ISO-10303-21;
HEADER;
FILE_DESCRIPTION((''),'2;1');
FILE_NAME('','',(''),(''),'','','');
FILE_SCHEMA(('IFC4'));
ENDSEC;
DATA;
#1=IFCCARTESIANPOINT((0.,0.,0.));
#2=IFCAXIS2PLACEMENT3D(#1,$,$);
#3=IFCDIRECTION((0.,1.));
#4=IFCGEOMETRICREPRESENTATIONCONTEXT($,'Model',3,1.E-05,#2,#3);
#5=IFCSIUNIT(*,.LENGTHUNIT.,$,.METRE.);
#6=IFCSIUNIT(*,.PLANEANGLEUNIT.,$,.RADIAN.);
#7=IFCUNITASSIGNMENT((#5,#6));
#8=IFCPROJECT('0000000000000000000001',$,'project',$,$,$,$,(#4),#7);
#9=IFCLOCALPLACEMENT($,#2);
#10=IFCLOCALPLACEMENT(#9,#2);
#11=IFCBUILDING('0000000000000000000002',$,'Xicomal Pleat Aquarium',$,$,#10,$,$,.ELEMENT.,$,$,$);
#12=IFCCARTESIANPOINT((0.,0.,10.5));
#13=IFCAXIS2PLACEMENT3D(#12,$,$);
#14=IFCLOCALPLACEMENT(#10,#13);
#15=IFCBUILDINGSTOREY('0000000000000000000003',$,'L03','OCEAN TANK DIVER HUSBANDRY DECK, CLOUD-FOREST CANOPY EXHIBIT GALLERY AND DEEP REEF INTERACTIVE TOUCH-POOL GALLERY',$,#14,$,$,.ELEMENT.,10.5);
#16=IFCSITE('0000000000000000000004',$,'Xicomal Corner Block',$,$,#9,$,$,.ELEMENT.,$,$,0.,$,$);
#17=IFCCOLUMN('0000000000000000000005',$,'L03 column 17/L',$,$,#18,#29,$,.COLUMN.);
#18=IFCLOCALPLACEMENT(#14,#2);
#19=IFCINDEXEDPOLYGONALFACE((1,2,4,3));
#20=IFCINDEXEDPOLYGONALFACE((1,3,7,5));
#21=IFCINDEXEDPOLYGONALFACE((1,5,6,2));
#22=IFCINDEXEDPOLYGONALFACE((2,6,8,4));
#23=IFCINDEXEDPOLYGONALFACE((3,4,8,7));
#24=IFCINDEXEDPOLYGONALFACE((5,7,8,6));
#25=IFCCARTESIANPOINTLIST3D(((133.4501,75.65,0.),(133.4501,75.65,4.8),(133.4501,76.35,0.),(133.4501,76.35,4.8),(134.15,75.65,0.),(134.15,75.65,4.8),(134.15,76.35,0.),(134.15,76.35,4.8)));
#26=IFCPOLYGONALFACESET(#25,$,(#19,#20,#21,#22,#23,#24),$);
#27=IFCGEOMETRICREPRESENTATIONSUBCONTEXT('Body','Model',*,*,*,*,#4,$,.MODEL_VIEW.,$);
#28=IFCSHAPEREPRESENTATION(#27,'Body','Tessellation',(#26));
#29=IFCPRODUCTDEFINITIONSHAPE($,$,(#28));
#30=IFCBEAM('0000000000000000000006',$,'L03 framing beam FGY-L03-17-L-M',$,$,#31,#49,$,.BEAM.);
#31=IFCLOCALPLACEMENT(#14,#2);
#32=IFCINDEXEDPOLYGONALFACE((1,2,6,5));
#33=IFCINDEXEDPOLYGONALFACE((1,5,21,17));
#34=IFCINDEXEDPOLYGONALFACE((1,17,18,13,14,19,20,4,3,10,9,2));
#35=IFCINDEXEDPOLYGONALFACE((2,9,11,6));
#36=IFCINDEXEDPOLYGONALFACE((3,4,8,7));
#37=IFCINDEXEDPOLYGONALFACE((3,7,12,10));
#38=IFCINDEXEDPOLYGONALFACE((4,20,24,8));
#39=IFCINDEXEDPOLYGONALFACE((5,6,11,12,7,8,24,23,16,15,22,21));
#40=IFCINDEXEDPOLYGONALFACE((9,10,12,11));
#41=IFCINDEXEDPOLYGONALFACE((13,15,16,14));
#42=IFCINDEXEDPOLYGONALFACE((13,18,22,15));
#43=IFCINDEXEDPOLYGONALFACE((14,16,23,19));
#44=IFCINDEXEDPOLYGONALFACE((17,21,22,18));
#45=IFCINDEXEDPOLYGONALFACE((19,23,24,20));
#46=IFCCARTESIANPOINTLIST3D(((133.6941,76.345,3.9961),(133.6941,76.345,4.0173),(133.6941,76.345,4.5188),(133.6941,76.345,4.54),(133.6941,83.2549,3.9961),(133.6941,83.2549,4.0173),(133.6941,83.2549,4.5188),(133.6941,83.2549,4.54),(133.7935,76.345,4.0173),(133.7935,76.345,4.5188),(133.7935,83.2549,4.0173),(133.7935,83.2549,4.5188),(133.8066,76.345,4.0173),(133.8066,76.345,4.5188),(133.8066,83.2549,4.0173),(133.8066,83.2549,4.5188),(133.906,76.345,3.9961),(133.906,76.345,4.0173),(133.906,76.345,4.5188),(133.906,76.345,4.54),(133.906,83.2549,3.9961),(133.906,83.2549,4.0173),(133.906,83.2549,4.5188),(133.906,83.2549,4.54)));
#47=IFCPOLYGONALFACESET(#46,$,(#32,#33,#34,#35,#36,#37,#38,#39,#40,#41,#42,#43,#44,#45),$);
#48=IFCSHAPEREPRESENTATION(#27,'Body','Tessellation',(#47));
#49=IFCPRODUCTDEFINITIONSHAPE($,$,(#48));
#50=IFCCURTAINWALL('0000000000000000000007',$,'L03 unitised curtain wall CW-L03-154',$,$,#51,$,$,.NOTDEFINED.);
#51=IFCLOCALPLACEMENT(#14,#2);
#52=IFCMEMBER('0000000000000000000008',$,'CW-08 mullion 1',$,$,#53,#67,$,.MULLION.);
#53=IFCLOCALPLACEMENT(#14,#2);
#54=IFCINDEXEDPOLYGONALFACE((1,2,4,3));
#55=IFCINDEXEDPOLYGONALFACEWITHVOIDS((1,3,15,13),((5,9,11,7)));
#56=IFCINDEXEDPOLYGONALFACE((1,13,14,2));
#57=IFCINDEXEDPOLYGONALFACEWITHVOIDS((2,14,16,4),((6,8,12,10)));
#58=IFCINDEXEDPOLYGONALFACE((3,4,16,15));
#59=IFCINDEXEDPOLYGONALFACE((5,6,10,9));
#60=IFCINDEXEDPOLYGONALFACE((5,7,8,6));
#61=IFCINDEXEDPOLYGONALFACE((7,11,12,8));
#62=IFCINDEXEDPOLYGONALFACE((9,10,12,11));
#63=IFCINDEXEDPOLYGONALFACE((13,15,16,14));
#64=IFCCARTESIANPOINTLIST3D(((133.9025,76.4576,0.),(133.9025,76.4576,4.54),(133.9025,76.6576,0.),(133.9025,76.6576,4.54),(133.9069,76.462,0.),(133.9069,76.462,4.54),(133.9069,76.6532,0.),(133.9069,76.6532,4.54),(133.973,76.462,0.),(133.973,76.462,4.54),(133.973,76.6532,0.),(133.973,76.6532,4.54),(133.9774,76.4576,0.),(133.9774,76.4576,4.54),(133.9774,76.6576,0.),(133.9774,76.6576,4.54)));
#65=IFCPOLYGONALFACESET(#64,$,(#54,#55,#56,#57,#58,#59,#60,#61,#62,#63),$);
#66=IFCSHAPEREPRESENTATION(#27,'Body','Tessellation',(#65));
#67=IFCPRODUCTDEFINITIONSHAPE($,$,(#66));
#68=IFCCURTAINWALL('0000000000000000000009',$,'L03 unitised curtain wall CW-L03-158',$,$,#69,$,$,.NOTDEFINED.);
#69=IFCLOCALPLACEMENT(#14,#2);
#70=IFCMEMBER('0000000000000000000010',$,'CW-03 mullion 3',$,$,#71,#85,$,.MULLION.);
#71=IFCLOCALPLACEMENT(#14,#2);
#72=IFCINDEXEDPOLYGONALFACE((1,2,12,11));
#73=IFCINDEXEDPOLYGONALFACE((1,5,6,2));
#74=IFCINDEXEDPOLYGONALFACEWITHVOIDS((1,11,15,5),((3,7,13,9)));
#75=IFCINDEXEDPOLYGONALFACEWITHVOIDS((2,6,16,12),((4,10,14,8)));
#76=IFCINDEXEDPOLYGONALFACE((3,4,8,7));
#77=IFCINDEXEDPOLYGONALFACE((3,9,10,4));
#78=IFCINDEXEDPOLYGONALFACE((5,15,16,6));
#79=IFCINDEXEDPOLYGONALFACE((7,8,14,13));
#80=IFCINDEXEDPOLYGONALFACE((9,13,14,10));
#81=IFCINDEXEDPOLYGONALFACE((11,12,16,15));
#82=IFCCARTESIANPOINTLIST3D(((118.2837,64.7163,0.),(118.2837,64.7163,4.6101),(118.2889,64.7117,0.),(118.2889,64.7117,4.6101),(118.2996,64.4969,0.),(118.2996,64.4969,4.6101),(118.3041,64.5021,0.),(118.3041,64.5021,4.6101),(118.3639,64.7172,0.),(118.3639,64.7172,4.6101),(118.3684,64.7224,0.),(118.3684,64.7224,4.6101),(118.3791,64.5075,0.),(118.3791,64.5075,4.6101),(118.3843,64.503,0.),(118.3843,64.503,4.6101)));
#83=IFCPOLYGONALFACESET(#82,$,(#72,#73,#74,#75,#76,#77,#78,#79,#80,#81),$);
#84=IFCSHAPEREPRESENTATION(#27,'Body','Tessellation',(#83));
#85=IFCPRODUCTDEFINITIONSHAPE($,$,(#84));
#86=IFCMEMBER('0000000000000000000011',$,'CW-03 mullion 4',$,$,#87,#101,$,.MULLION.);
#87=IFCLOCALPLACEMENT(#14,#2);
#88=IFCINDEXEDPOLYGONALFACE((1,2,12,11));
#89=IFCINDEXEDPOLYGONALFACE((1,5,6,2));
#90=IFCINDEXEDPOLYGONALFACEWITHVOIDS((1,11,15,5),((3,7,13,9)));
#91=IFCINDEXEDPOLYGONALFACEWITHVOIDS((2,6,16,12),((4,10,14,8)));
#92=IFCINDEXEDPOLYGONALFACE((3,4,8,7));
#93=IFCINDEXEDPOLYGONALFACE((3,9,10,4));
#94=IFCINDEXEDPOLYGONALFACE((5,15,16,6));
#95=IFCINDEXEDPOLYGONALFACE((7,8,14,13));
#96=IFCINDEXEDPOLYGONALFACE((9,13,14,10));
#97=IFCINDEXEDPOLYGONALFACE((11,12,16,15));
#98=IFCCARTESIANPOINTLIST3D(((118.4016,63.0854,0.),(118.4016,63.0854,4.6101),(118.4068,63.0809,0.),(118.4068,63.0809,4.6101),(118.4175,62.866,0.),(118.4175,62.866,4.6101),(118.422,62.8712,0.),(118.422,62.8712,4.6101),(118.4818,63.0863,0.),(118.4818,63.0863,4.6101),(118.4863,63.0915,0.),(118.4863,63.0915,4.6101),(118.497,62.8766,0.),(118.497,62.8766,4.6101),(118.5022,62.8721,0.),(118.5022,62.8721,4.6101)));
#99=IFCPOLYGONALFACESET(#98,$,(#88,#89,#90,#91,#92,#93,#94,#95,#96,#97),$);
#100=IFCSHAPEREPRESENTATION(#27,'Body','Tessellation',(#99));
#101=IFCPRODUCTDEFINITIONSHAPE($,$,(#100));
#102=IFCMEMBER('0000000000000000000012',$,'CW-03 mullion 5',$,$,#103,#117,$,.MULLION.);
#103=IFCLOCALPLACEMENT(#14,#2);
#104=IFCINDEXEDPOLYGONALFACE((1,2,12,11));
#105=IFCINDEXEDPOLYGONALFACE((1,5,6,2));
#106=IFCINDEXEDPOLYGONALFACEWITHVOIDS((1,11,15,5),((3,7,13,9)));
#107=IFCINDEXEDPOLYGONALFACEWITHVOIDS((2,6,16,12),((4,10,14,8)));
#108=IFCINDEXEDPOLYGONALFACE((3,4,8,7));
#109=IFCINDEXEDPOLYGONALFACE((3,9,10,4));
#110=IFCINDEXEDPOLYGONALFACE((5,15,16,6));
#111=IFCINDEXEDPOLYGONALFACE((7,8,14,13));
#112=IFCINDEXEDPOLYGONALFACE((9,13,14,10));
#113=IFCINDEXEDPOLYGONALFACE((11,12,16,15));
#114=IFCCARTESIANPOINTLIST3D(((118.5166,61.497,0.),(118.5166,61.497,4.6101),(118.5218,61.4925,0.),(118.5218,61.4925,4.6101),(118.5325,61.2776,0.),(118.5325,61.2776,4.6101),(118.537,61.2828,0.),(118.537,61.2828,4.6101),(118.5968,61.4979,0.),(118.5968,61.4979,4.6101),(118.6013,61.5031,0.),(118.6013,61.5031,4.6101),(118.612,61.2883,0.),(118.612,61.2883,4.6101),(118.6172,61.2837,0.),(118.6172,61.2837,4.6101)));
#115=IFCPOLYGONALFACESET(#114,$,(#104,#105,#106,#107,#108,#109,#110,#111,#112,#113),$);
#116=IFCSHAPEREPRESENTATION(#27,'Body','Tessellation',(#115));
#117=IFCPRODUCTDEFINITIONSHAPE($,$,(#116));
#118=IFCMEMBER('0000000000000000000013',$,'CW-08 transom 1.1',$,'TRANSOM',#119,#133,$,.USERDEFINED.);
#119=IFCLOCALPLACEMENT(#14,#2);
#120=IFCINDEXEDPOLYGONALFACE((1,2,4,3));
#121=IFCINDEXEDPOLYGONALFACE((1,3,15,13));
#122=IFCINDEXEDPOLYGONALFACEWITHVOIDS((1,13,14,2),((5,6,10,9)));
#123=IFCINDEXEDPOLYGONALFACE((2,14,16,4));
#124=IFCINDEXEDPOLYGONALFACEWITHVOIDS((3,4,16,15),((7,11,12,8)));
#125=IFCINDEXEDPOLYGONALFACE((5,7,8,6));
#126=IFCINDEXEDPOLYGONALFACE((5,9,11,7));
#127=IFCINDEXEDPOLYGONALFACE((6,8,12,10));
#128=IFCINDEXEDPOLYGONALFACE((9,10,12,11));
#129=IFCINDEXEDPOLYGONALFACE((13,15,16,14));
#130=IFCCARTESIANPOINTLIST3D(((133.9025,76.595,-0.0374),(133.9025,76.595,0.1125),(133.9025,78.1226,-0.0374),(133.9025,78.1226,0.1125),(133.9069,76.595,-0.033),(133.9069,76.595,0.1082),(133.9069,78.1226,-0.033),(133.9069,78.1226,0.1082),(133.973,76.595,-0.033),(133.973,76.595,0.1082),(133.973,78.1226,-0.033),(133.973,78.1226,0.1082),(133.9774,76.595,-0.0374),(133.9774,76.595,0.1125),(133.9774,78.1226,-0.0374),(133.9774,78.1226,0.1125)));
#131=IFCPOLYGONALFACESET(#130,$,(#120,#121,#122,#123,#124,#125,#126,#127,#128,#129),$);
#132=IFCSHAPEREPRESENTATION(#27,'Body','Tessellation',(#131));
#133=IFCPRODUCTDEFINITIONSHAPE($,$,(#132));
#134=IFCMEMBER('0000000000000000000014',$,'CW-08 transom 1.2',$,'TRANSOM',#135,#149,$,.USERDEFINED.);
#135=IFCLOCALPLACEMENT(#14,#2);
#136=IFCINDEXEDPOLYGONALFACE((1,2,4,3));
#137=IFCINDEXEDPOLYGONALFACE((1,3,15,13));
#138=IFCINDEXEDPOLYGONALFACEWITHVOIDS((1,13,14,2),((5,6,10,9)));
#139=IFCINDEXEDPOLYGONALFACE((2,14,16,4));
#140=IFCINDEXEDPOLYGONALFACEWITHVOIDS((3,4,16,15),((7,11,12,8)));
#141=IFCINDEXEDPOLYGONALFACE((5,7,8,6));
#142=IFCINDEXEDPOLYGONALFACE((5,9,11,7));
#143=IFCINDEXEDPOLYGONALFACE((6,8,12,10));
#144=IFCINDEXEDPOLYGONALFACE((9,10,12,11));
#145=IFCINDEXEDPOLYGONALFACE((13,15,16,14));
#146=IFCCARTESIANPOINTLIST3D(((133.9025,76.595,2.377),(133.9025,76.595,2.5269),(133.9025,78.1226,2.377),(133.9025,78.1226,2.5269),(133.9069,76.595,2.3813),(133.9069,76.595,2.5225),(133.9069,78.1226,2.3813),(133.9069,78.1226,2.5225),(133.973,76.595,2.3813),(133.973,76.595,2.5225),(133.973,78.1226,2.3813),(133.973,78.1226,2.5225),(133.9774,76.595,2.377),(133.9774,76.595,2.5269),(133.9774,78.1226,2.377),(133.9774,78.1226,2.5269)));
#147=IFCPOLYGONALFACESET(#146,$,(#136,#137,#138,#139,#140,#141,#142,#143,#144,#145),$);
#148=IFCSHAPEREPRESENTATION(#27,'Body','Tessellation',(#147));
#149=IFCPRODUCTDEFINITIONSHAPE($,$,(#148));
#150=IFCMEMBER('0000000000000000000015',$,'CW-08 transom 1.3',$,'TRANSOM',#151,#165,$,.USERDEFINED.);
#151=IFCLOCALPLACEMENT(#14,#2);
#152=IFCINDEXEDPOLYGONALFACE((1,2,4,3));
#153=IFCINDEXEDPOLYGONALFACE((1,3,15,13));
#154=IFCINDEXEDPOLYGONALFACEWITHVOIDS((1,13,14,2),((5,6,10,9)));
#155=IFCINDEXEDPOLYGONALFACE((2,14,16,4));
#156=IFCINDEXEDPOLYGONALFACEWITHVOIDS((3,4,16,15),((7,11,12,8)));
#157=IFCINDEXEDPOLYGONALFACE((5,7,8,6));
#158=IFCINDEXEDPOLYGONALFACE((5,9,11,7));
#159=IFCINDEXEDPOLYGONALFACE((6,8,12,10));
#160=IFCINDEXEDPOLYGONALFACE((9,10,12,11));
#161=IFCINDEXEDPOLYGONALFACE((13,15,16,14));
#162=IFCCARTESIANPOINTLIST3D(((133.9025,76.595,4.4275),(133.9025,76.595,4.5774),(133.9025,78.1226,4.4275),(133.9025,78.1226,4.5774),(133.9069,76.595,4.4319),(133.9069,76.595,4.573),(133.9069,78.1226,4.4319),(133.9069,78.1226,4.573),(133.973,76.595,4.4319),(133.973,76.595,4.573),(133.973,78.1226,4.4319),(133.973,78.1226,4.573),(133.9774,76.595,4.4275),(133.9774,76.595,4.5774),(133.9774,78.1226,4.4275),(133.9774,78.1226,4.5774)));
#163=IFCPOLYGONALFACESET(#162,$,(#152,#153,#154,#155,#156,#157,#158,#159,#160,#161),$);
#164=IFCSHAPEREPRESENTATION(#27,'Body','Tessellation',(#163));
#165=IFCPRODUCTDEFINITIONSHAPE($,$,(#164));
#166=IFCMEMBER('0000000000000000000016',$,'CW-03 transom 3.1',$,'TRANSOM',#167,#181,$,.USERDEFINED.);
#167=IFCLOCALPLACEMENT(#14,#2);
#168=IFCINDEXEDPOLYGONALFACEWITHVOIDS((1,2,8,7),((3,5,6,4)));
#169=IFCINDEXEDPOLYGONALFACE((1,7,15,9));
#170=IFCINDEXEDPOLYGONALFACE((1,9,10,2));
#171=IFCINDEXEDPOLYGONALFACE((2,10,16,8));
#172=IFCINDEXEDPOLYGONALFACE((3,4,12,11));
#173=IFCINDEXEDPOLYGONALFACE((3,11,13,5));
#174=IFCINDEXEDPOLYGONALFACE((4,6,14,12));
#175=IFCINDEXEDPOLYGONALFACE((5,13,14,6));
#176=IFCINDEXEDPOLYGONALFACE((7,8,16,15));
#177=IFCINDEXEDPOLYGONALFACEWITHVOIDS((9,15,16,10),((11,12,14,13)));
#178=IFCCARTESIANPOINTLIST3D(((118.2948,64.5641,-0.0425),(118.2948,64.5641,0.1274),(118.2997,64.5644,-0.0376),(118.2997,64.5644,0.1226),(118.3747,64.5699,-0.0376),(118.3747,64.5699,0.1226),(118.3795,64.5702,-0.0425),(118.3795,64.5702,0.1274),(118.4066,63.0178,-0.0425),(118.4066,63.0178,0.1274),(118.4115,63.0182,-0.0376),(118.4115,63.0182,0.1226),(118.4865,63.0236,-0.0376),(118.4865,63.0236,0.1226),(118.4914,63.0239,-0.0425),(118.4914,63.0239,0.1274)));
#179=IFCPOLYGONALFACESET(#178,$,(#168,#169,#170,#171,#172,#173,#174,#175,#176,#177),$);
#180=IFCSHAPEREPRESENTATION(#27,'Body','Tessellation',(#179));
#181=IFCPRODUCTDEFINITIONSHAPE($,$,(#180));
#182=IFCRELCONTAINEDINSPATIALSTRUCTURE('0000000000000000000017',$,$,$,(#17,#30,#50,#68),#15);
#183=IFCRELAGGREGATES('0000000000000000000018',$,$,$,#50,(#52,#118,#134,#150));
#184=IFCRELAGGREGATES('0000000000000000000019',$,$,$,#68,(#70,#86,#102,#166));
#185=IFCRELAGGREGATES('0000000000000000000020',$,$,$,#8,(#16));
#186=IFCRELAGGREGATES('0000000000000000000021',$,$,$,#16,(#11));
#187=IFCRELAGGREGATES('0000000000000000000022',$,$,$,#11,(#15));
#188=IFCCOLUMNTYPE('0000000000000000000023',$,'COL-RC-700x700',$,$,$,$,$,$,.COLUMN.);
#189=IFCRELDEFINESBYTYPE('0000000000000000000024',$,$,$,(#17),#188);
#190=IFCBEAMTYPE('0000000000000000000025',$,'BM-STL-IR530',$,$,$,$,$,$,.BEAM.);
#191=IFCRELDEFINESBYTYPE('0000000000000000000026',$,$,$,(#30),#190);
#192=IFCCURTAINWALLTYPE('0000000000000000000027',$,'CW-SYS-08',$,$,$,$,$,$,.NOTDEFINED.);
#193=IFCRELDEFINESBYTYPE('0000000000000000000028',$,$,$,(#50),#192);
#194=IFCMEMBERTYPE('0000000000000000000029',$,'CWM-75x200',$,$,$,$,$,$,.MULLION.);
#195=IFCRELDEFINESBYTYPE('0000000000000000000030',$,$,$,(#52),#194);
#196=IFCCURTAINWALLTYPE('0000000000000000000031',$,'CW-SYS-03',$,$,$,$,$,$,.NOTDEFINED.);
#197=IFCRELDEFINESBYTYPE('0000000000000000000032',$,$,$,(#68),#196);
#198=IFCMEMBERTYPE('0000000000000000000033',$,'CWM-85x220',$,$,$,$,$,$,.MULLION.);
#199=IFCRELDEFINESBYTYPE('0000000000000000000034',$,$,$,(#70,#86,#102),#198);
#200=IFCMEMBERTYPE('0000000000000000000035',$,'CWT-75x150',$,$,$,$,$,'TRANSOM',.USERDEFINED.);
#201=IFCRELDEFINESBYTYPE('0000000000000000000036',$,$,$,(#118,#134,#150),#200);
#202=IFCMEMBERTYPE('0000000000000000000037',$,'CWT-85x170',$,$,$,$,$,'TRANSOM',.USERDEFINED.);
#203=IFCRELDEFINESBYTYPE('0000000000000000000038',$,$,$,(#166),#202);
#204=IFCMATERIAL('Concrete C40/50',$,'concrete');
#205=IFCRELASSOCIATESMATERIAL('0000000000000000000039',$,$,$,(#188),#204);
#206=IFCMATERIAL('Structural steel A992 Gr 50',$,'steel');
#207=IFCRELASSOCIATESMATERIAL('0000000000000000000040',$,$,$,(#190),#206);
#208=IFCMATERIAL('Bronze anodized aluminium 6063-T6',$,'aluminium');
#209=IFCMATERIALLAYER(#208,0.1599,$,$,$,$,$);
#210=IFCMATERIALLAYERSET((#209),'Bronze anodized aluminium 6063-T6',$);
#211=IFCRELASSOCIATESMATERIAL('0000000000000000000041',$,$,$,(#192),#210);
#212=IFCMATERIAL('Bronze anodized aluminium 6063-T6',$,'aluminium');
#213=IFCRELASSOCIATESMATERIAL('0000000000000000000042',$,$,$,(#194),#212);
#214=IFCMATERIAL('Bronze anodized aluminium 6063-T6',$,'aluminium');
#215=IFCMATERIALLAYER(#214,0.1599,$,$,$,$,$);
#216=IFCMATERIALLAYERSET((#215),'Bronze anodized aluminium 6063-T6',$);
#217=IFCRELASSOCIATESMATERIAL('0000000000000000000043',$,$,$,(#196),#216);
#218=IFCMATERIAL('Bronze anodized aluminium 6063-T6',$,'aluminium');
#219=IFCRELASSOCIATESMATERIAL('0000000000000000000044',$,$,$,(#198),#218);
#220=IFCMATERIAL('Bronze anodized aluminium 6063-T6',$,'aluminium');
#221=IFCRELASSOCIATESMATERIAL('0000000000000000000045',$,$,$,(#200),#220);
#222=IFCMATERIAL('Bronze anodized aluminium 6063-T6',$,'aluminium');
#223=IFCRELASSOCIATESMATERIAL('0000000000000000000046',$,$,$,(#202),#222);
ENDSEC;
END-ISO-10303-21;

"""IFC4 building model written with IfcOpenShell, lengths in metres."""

from ifc_helpers import new_model, si_unit, direction, frame, origin, origin_2d, place, context, subcontext, project, spatial, rectangle, hollow_rectangle, i_section, extrude, material, layer, layer_set, material_profile, profile_set, type_object, element, aggregate, save


model = new_model("IFC4")

# Units and contexts
model_context = context("Model", 3, precision=1e-05, world=origin(), true_north=direction((0.0, 1.0)))
body_context = subcontext(model_context, "Body", "Model", "MODEL_VIEW")
ifc_project = project(units=[si_unit("LENGTHUNIT", "METRE"), si_unit("PLANEANGLEUNIT", "RADIAN")], contexts=[model_context])

# Site, building, storey
site_placement = place(None, origin())
site = spatial("IfcSite", under=ifc_project, at=site_placement, Name="Xicomal Corner Block", CompositionType="ELEMENT", RefElevation=0.0)
building_placement = place(site_placement, origin())
building = spatial("IfcBuilding", under=site, at=building_placement, Name="Xicomal Pleat Aquarium", CompositionType="ELEMENT")
storey_placement = place(building_placement, frame((0.0, 0.0, 10.5)))
storey = spatial("IfcBuildingStorey", under=building, at=storey_placement, Name="L03", Description="OCEAN TANK DIVER HUSBANDRY DECK, CLOUD-FOREST CANOPY EXHIBIT GALLERY AND DEEP REEF INTERACTIVE TOUCH-POOL GALLERY", CompositionType="ELEMENT", Elevation=10.5)

# Column
ifc_material_1 = material(Name="Concrete C40/50", Category="concrete")
ifc_material_profile_1 = material_profile(ifc_material_1, rectangle(XDim=0.7, YDim=0.7, at=origin_2d()), Name="RC 700x700")
ifc_profile_set_1 = profile_set([ifc_material_profile_1], Name="Concrete C40/50")
column_type = type_object("IfcColumnType", Name="COL-RC-700x700", PredefinedType="COLUMN", material=ifc_profile_set_1)
column_placement = place(storey_placement, frame((133.8, 76.0, 0.0), z_axis=(0.0, 0.0, 1.0), x_axis=(1.0, 0.0, 0.0)))
element("IfcColumn", 1, at=column_placement, inside=storey, type_object=column_type, Name="L03 column 17/L", PredefinedType="COLUMN", context=body_context, shape_type="SweptSolid", body=[
    extrude(rectangle(XDim=0.7, YDim=0.7, at=origin_2d()), origin(), (0.0, 0.0, 1.0), 4.8),
])

# Beam
ifc_material_2 = material(Name="Structural steel A992 Gr 50", Category="steel")
ifc_material_profile_2 = material_profile(ifc_material_2, i_section(OverallWidth=0.2119, OverallDepth=0.5439, WebThickness=0.0132, FlangeThickness=0.0212, at=origin_2d()), Name="IR 530x123")
ifc_profile_set_2 = profile_set([ifc_material_profile_2], Name="Structural steel A992 Gr 50")
beam_type = type_object("IfcBeamType", Name="BM-STL-IR530", PredefinedType="BEAM", material=ifc_profile_set_2)
beam_placement = place(storey_placement, frame((133.8, 76.345, 4.2681), z_axis=(0.0, 1.0, 0.0), x_axis=(-1.0, 0.0, 0.0)))
element("IfcBeam", 2, at=beam_placement, inside=storey, type_object=beam_type, Name="L03 framing beam FGY-L03-17-L-M", PredefinedType="BEAM", context=body_context, shape_type="SweptSolid", body=[
    extrude(i_section(OverallWidth=0.2119, OverallDepth=0.5439, WebThickness=0.0132, FlangeThickness=0.0212, at=origin_2d()), origin(), (0.0, 0.0, 1.0), 6.9099),
])

# Curtain wall, member
ifc_material_3 = material(Name="Bronze anodized aluminium 6063-T6", Category="aluminium")
ifc_layer_1 = layer(ifc_material_3, 0.1599)
ifc_layer_set_1 = layer_set([ifc_layer_1], Name="Bronze anodized aluminium 6063-T6")
curtain_wall_type_1 = type_object("IfcCurtainWallType", Name="CW-SYS-08", PredefinedType="NOTDEFINED", material=ifc_layer_set_1)
curtain_wall_1_placement = place(storey_placement, origin())
curtain_wall_1 = element("IfcCurtainWall", 3, at=curtain_wall_1_placement, inside=storey, type_object=curtain_wall_type_1, Name="L03 unitised curtain wall CW-L03-154", PredefinedType="NOTDEFINED")
ifc_material_4 = material(Name="Bronze anodized aluminium 6063-T6", Category="aluminium")
ifc_material_profile_3 = material_profile(ifc_material_4, hollow_rectangle(XDim=0.075, YDim=0.2, WallThickness=0.0044, at=origin_2d()), Name="ALU MULL 75x200")
ifc_profile_set_3 = profile_set([ifc_material_profile_3], Name="Bronze anodized aluminium 6063-T6")
member_type_1 = type_object("IfcMemberType", Name="CWM-75x200", PredefinedType="MULLION", material=ifc_profile_set_3)
member_1_placement = place(storey_placement, frame((133.9399, 76.5576, 0.0), z_axis=(0.0, 0.0, 1.0), x_axis=(-1.0, 0.0, 0.0)))
member_1 = element("IfcMember", 4, at=member_1_placement, type_object=member_type_1, Name="CW-08 mullion 1", PredefinedType="MULLION", context=body_context, shape_type="SweptSolid", body=[
    extrude(hollow_rectangle(XDim=0.075, YDim=0.2, WallThickness=0.0044, at=origin_2d()), origin(), (0.0, 0.0, 1.0), 4.54),
])

# Curtain wall, members
ifc_material_5 = material(Name="Bronze anodized aluminium 6063-T6", Category="aluminium")
ifc_layer_2 = layer(ifc_material_5, 0.1599)
ifc_layer_set_2 = layer_set([ifc_layer_2], Name="Bronze anodized aluminium 6063-T6")
curtain_wall_type_2 = type_object("IfcCurtainWallType", Name="CW-SYS-03", PredefinedType="NOTDEFINED", material=ifc_layer_set_2)
curtain_wall_2_placement = place(storey_placement, origin())
curtain_wall_2 = element("IfcCurtainWall", 5, at=curtain_wall_2_placement, inside=storey, type_object=curtain_wall_type_2, Name="L03 unitised curtain wall CW-L03-158", PredefinedType="NOTDEFINED")
ifc_material_6 = material(Name="Bronze anodized aluminium 6063-T6", Category="aluminium")
ifc_material_profile_4 = material_profile(ifc_material_6, hollow_rectangle(XDim=0.085, YDim=0.22, WallThickness=0.0049, at=origin_2d()), Name="ALU MULL 85x220")
ifc_profile_set_4 = profile_set([ifc_material_profile_4], Name="Bronze anodized aluminium 6063-T6")
member_type_2 = type_object("IfcMemberType", Name="CWM-85x220", PredefinedType="MULLION", material=ifc_profile_set_4)
member_2_placement = place(storey_placement, frame((118.334, 64.6096, 0.0), z_axis=(0.0, 0.0, 1.0), x_axis=(0.997392, 0.072171, 0.0)))
member_2 = element("IfcMember", 6, at=member_2_placement, type_object=member_type_2, Name="CW-03 mullion 3", PredefinedType="MULLION", context=body_context, shape_type="SweptSolid", body=[
    extrude(hollow_rectangle(XDim=0.085, YDim=0.22, WallThickness=0.0049, at=origin_2d()), origin(), (0.0, 0.0, 1.0), 4.6101),
])
member_3_placement = place(storey_placement, frame((118.4519, 62.9788, 0.0), z_axis=(0.0, 0.0, 1.0), x_axis=(0.997392, 0.072171, 0.0)))
member_3 = element("IfcMember", 7, at=member_3_placement, type_object=member_type_2, Name="CW-03 mullion 4", PredefinedType="MULLION", context=body_context, shape_type="SweptSolid", body=[
    extrude(hollow_rectangle(XDim=0.085, YDim=0.22, WallThickness=0.0049, at=origin_2d()), origin(), (0.0, 0.0, 1.0), 4.6101),
])
member_4_placement = place(storey_placement, frame((118.5669, 61.3904, 0.0), z_axis=(0.0, 0.0, 1.0), x_axis=(0.997392, 0.072171, 0.0)))
member_4 = element("IfcMember", 8, at=member_4_placement, type_object=member_type_2, Name="CW-03 mullion 5", PredefinedType="MULLION", context=body_context, shape_type="SweptSolid", body=[
    extrude(hollow_rectangle(XDim=0.085, YDim=0.22, WallThickness=0.0049, at=origin_2d()), origin(), (0.0, 0.0, 1.0), 4.6101),
])

# Members
ifc_material_7 = material(Name="Bronze anodized aluminium 6063-T6", Category="aluminium")
ifc_material_profile_5 = material_profile(ifc_material_7, hollow_rectangle(XDim=0.075, YDim=0.1499, WallThickness=0.0044, at=origin_2d()), Name="ALU TRAN 75x150")
ifc_profile_set_5 = profile_set([ifc_material_profile_5], Name="Bronze anodized aluminium 6063-T6")
member_type_3 = type_object("IfcMemberType", Name="CWT-75x150", ElementType="TRANSOM", PredefinedType="USERDEFINED", material=ifc_profile_set_5)
member_5_placement = place(storey_placement, frame((133.9399, 76.595, 0.0376), z_axis=(0.0, 1.0, 0.0), x_axis=(-1.0, 0.0, 0.0)))
member_5 = element("IfcMember", 9, at=member_5_placement, type_object=member_type_3, Name="CW-08 transom 1.1", ObjectType="TRANSOM", PredefinedType="USERDEFINED", context=body_context, shape_type="SweptSolid", body=[
    extrude(hollow_rectangle(XDim=0.075, YDim=0.1499, WallThickness=0.0044, at=origin_2d()), origin(), (0.0, 0.0, 1.0), 1.5276),
])
member_6_placement = place(storey_placement, frame((133.9399, 76.595, 2.4519), z_axis=(0.0, 1.0, 0.0), x_axis=(-1.0, 0.0, 0.0)))
member_6 = element("IfcMember", 10, at=member_6_placement, type_object=member_type_3, Name="CW-08 transom 1.2", ObjectType="TRANSOM", PredefinedType="USERDEFINED", context=body_context, shape_type="SweptSolid", body=[
    extrude(hollow_rectangle(XDim=0.075, YDim=0.1499, WallThickness=0.0044, at=origin_2d()), origin(), (0.0, 0.0, 1.0), 1.5276),
])
member_7_placement = place(storey_placement, frame((133.9399, 76.595, 4.5024), z_axis=(0.0, 1.0, 0.0), x_axis=(-1.0, 0.0, 0.0)))
member_7 = element("IfcMember", 11, at=member_7_placement, type_object=member_type_3, Name="CW-08 transom 1.3", ObjectType="TRANSOM", PredefinedType="USERDEFINED", context=body_context, shape_type="SweptSolid", body=[
    extrude(hollow_rectangle(XDim=0.075, YDim=0.1499, WallThickness=0.0044, at=origin_2d()), origin(), (0.0, 0.0, 1.0), 1.5276),
])
ifc_material_8 = material(Name="Bronze anodized aluminium 6063-T6", Category="aluminium")
ifc_material_profile_6 = material_profile(ifc_material_8, hollow_rectangle(XDim=0.085, YDim=0.1699, WallThickness=0.0049, at=origin_2d()), Name="ALU TRAN 85x170")
ifc_profile_set_6 = profile_set([ifc_material_profile_6], Name="Bronze anodized aluminium 6063-T6")
member_type_4 = type_object("IfcMemberType", Name="CWT-85x170", ElementType="TRANSOM", PredefinedType="USERDEFINED", material=ifc_profile_set_6)
member_8_placement = place(storey_placement, frame((118.3372, 64.5671, 0.0425), z_axis=(0.072131, -0.997395, 0.0), x_axis=(0.997395, 0.072131, 0.0)))
member_8 = element("IfcMember", 12, at=member_8_placement, type_object=member_type_4, Name="CW-03 transom 3.1", ObjectType="TRANSOM", PredefinedType="USERDEFINED", context=body_context, shape_type="SweptSolid", body=[
    extrude(hollow_rectangle(XDim=0.085, YDim=0.1699, WallThickness=0.0049, at=origin_2d()), origin(), (0.0, 0.0, 1.0), 1.5503),
])

aggregate(curtain_wall_1, [member_1, member_5, member_6, member_7])
aggregate(curtain_wall_2, [member_2, member_3, member_4, member_8])

save(model, "model.ifc")
